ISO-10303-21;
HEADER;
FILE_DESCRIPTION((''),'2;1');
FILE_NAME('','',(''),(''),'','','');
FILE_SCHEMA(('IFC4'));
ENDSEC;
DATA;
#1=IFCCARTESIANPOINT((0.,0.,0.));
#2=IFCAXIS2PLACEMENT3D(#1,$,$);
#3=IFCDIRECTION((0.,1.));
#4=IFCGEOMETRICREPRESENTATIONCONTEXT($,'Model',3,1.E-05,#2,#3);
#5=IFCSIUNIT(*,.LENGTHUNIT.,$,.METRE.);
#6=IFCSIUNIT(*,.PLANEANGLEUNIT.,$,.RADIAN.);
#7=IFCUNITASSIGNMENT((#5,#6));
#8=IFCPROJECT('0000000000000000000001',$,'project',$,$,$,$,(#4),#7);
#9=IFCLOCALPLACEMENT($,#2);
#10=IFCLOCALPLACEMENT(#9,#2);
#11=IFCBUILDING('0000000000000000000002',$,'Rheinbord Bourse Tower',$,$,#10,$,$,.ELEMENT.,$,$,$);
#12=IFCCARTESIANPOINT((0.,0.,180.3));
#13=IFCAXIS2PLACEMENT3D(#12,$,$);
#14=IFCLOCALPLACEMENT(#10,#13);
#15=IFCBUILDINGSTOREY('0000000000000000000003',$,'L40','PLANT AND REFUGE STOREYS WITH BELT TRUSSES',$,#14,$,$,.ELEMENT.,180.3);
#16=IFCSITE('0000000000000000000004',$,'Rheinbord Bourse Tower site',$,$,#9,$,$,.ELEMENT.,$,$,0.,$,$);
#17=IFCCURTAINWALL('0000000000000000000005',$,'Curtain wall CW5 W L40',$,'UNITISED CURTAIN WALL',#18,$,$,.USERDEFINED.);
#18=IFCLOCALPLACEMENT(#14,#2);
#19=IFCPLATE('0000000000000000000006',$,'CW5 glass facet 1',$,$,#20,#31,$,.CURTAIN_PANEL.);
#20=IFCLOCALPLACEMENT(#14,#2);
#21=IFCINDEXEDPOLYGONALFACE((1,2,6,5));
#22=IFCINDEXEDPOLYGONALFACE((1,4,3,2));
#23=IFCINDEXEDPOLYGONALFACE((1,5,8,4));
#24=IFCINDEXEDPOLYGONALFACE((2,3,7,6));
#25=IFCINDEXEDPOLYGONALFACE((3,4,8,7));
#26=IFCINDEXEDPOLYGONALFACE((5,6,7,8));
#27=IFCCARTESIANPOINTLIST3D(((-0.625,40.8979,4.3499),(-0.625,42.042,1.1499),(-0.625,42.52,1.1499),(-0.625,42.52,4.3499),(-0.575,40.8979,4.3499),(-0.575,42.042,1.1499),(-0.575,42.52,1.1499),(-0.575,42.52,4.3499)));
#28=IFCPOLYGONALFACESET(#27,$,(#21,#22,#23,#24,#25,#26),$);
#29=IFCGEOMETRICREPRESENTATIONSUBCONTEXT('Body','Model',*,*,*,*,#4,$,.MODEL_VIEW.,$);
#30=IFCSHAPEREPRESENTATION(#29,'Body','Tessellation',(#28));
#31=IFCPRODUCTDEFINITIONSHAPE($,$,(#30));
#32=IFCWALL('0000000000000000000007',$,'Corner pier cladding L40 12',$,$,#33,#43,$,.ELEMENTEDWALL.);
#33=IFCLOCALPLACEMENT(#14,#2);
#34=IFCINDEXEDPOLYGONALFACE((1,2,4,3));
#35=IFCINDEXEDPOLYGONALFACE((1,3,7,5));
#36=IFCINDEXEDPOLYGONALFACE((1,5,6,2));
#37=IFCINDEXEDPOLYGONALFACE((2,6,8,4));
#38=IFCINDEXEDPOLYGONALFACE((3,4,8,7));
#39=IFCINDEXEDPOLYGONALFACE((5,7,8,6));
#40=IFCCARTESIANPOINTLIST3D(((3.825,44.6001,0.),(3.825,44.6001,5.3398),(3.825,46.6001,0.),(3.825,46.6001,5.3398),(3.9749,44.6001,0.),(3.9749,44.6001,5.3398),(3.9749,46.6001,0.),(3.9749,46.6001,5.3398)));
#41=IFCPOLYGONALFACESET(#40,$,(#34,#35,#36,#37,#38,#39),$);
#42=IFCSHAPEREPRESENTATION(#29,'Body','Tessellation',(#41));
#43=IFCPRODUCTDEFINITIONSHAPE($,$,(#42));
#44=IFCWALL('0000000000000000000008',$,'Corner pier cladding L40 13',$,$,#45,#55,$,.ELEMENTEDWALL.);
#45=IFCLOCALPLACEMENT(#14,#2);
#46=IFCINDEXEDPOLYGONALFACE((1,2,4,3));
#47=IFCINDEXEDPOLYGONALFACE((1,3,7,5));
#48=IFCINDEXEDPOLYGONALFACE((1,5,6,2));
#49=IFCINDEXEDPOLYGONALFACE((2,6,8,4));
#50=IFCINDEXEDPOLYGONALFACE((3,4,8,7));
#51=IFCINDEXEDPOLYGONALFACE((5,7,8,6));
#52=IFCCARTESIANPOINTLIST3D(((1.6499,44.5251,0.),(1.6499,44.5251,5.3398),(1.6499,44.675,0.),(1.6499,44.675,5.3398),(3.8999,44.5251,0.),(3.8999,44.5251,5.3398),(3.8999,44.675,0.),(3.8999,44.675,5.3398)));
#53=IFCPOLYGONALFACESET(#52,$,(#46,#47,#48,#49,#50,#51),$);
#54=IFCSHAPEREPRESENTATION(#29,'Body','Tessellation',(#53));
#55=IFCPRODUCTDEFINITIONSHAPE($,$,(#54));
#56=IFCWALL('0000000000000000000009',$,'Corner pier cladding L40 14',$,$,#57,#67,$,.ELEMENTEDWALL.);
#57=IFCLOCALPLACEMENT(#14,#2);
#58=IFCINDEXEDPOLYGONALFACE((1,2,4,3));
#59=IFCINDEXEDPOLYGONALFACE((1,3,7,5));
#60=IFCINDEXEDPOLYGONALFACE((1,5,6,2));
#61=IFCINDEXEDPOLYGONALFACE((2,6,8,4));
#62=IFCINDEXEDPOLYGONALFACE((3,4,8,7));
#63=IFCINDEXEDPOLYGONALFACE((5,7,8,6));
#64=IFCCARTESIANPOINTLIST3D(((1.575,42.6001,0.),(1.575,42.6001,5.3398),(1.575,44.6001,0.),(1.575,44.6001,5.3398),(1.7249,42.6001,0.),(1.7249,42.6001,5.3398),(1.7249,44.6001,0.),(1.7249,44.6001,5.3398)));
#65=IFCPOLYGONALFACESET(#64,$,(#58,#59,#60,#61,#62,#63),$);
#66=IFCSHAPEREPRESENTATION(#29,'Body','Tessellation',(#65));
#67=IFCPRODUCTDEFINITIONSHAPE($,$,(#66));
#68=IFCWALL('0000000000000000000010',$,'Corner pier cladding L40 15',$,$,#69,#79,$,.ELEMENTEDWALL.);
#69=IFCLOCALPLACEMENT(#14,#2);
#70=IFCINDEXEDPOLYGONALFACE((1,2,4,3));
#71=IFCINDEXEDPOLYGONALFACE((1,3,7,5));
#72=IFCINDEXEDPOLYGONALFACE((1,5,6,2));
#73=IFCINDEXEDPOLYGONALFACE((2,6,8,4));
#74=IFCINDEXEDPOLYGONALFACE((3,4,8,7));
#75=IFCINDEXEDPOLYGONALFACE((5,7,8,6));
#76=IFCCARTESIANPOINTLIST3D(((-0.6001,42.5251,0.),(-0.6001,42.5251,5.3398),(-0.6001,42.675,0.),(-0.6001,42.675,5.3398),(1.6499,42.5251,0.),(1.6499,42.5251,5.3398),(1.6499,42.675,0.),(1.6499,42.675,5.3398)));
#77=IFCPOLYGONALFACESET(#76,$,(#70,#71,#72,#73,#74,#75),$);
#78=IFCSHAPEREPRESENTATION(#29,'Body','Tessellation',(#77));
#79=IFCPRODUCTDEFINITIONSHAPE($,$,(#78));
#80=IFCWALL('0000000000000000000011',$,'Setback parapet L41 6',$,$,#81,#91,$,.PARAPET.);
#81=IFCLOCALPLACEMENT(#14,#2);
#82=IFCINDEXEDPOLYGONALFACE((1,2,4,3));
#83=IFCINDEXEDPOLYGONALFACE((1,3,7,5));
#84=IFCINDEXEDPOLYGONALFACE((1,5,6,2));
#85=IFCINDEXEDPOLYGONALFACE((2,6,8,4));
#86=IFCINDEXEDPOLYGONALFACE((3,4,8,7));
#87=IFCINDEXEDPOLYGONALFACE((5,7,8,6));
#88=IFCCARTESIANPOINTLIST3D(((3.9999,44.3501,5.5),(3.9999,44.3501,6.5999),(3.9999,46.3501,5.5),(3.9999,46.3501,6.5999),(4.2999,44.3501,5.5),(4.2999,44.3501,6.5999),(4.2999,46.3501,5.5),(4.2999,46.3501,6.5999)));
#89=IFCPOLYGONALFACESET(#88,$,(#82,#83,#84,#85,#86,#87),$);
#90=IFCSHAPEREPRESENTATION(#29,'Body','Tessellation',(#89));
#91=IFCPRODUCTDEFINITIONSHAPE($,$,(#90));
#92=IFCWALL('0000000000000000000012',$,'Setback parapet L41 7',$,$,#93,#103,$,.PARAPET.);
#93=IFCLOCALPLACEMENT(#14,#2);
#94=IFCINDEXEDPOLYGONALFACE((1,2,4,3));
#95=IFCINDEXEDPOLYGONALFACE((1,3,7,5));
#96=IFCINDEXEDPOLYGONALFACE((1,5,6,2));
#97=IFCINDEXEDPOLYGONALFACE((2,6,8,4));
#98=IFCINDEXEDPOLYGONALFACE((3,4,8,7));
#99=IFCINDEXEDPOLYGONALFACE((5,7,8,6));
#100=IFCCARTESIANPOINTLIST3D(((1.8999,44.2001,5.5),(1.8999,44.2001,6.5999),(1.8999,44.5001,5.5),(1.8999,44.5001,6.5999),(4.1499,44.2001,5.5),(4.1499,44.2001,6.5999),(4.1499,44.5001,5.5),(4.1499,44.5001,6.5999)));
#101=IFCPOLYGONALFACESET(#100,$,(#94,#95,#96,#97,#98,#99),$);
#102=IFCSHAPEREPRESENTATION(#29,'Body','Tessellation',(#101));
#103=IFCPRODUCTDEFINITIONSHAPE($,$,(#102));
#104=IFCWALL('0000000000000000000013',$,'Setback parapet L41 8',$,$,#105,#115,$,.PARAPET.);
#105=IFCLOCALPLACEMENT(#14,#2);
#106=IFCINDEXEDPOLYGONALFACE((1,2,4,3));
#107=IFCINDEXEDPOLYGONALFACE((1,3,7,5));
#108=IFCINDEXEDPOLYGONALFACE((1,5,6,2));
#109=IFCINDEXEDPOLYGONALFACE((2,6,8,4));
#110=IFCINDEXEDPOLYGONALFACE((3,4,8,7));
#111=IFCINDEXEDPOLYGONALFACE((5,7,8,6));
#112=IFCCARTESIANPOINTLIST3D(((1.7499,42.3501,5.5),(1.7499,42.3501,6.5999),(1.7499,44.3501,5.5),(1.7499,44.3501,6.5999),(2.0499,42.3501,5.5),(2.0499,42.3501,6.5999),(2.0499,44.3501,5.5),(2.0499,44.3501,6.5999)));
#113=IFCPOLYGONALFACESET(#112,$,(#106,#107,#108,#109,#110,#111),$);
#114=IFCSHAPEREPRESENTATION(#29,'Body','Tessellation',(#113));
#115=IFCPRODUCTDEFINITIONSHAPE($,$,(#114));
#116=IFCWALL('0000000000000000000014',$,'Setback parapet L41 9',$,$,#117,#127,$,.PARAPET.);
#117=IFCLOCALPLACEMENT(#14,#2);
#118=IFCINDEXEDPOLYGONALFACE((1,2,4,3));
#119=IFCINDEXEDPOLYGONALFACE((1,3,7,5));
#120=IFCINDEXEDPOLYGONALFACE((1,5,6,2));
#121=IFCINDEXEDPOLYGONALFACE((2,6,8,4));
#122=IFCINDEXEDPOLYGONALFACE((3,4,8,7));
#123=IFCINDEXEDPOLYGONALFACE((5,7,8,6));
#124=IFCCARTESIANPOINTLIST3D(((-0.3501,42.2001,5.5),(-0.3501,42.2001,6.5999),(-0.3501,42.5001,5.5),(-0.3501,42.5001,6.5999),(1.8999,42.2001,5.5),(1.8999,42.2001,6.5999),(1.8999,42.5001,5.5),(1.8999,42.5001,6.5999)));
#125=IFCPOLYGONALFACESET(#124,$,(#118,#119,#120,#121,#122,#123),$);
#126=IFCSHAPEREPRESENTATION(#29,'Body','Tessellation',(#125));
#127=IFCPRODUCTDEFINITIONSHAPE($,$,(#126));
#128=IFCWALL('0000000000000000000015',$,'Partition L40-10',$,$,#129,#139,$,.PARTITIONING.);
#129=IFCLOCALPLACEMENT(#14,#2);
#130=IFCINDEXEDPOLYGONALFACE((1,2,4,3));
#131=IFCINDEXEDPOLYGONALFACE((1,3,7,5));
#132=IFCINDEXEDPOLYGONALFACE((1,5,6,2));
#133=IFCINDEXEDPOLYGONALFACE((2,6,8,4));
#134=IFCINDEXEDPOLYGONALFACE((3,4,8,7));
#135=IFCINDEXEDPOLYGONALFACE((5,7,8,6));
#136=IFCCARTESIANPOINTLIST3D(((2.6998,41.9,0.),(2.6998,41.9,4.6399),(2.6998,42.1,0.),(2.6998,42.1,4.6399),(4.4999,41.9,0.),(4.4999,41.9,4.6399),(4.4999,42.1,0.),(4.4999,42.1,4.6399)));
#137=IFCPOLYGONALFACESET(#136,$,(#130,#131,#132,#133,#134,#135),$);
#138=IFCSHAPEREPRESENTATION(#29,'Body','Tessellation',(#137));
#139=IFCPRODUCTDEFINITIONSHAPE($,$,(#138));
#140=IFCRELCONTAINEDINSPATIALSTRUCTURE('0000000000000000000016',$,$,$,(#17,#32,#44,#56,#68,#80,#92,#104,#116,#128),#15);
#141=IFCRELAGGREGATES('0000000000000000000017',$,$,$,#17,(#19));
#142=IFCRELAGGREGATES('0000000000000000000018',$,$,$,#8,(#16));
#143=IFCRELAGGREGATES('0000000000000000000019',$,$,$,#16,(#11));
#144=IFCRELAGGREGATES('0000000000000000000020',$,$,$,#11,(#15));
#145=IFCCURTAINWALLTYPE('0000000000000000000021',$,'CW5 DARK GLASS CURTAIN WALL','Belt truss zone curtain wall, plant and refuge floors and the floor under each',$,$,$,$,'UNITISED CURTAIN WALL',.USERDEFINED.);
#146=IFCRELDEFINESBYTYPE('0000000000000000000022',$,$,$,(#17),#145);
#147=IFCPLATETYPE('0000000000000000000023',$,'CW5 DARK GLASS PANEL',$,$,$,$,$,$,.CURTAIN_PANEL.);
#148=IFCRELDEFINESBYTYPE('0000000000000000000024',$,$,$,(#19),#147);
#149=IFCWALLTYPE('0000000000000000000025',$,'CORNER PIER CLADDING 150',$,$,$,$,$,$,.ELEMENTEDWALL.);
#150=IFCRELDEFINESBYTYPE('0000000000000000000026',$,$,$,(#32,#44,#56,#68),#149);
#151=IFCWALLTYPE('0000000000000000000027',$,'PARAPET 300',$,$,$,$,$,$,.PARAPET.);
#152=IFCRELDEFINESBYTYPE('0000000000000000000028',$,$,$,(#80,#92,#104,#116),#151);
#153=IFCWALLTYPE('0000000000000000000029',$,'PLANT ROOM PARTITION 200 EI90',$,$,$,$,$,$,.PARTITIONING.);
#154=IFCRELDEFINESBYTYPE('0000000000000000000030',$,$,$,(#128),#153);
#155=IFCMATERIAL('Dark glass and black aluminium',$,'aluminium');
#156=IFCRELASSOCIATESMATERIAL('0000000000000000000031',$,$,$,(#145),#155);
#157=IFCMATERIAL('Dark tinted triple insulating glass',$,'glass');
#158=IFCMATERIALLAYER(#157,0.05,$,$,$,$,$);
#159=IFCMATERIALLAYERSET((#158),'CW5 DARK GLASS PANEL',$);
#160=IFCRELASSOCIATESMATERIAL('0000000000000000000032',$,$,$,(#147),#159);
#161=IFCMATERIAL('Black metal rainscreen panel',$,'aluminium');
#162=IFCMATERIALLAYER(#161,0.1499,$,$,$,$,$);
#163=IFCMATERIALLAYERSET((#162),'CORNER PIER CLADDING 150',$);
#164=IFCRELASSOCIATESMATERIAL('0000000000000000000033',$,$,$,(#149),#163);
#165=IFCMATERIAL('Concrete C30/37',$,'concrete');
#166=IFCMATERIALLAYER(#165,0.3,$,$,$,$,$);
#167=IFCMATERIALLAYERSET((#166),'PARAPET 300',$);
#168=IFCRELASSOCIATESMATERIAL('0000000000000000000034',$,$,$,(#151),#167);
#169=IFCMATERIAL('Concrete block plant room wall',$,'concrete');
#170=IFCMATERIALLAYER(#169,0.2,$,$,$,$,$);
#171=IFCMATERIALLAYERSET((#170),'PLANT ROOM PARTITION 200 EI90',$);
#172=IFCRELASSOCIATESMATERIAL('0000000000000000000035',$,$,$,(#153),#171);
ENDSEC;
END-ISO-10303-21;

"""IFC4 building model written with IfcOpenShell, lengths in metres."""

from ifc_helpers import new_model, si_unit, direction, frame, frame_2d, origin, place, context, subcontext, project, spatial, polyline, rectangle, outline, extrude, material, layer, layer_set, type_object, element, aggregate, save


model = new_model("IFC4")

# Units and contexts
model_context = context("Model", 3, precision=1e-05, world=origin(), true_north=direction((0.0, 1.0)))
body_context = subcontext(model_context, "Body", "Model", "MODEL_VIEW")
ifc_project = project(units=[si_unit("LENGTHUNIT", "METRE"), si_unit("PLANEANGLEUNIT", "RADIAN")], contexts=[model_context])

# Site, building, storey
site_placement = place(None, origin())
site = spatial("IfcSite", under=ifc_project, at=site_placement, Name="Rheinbord Bourse Tower site", CompositionType="ELEMENT", RefElevation=0.0)
building_placement = place(site_placement, origin())
building = spatial("IfcBuilding", under=site, at=building_placement, Name="Rheinbord Bourse Tower", CompositionType="ELEMENT")
storey_placement = place(building_placement, frame((0.0, 0.0, 180.3)))
storey = spatial("IfcBuildingStorey", under=building, at=storey_placement, Name="L40", Description="PLANT AND REFUGE STOREYS WITH BELT TRUSSES", CompositionType="ELEMENT", Elevation=180.3)

# Shared definitions
ifc_material_1 = material(Name="Dark glass and black aluminium", Category="aluminium")
curtain_wall_type = type_object("IfcCurtainWallType", Name="CW5 DARK GLASS CURTAIN WALL", Description="Belt truss zone curtain wall, plant and refuge floors and the floor under each", ElementType="UNITISED CURTAIN WALL", PredefinedType="USERDEFINED", material=ifc_material_1)

# Curtain wall
curtain_wall_1_placement = place(storey_placement, origin())
curtain_wall_1 = element("IfcCurtainWall", 1, at=curtain_wall_1_placement, inside=storey, type_object=curtain_wall_type, Name="Curtain wall CW5 W L40", ObjectType="UNITISED CURTAIN WALL", PredefinedType="USERDEFINED")

# Plate
ifc_material_2 = material(Name="Dark tinted triple insulating glass", Category="glass")
ifc_layer_1 = layer(ifc_material_2, 0.05)
ifc_layer_set_1 = layer_set([ifc_layer_1], Name="CW5 DARK GLASS PANEL")
plate_type = type_object("IfcPlateType", Name="CW5 DARK GLASS PANEL", PredefinedType="CURTAIN_PANEL", material=ifc_layer_set_1)
plate_1_placement = place(storey_placement, frame((-0.625, 42.52, 1.1499), z_axis=(1.0, 0.0, 0.0), x_axis=(0.0, 0.0, 1.0)))
plate_1 = element("IfcPlate", 2, at=plate_1_placement, type_object=plate_type, Name="CW5 glass facet 1", PredefinedType="CURTAIN_PANEL", context=body_context, shape_type="SweptSolid", body=[
    extrude(outline(polyline([(0.0, 0.0), (3.2, 0.0), (3.2, 1.6221), (0.0, 0.478), (0.0, 0.0)])), origin(), (0.0, 0.0, 1.0), 0.05),
])
aggregate(curtain_wall_1, [plate_1])

# Walls
ifc_material_3 = material(Name="Black metal rainscreen panel", Category="aluminium")
ifc_layer_2 = layer(ifc_material_3, 0.1499)
ifc_layer_set_2 = layer_set([ifc_layer_2], Name="CORNER PIER CLADDING 150")
wall_type_1 = type_object("IfcWallType", Name="CORNER PIER CLADDING 150", PredefinedType="ELEMENTEDWALL", material=ifc_layer_set_2)
wall_1_placement = place(storey_placement, frame((3.8999, 46.6001, 0.0), z_axis=(0.0, 0.0, 1.0), x_axis=(0.0, -1.0, 0.0)))
element("IfcWall", 3, at=wall_1_placement, inside=storey, type_object=wall_type_1, Name="Corner pier cladding L40 12", PredefinedType="ELEMENTEDWALL", context=body_context, shape_type="SweptSolid", body=[
    extrude(rectangle(XDim=2.0, YDim=0.1499, at=frame_2d((1.0, 0.0))), origin(), (0.0, 0.0, 1.0), 5.3398),
])
wall_2_placement = place(storey_placement, frame((3.8999, 44.6001, 0.0), z_axis=(0.0, 0.0, 1.0), x_axis=(-1.0, 0.0, 0.0)))
element("IfcWall", 4, at=wall_2_placement, inside=storey, type_object=wall_type_1, Name="Corner pier cladding L40 13", PredefinedType="ELEMENTEDWALL", context=body_context, shape_type="SweptSolid", body=[
    extrude(rectangle(XDim=2.25, YDim=0.1499, at=frame_2d((1.125, 0.0))), origin(), (0.0, 0.0, 1.0), 5.3398),
])
wall_3_placement = place(storey_placement, frame((1.6499, 44.6001, 0.0), z_axis=(0.0, 0.0, 1.0), x_axis=(0.0, -1.0, 0.0)))
element("IfcWall", 5, at=wall_3_placement, inside=storey, type_object=wall_type_1, Name="Corner pier cladding L40 14", PredefinedType="ELEMENTEDWALL", context=body_context, shape_type="SweptSolid", body=[
    extrude(rectangle(XDim=2.0, YDim=0.1499, at=frame_2d((1.0, 0.0))), origin(), (0.0, 0.0, 1.0), 5.3398),
])
wall_4_placement = place(storey_placement, frame((1.6499, 42.6001, 0.0), z_axis=(0.0, 0.0, 1.0), x_axis=(-1.0, 0.0, 0.0)))
element("IfcWall", 6, at=wall_4_placement, inside=storey, type_object=wall_type_1, Name="Corner pier cladding L40 15", PredefinedType="ELEMENTEDWALL", context=body_context, shape_type="SweptSolid", body=[
    extrude(rectangle(XDim=2.25, YDim=0.1499, at=frame_2d((1.125, 0.0))), origin(), (0.0, 0.0, 1.0), 5.3398),
])
ifc_material_4 = material(Name="Concrete C30/37", Category="concrete")
ifc_layer_3 = layer(ifc_material_4, 0.3)
ifc_layer_set_3 = layer_set([ifc_layer_3], Name="PARAPET 300")
wall_type_2 = type_object("IfcWallType", Name="PARAPET 300", PredefinedType="PARAPET", material=ifc_layer_set_3)
wall_5_placement = place(storey_placement, frame((4.1499, 46.3501, 5.5), z_axis=(0.0, 0.0, 1.0), x_axis=(0.0, -1.0, 0.0)))
element("IfcWall", 7, at=wall_5_placement, inside=storey, type_object=wall_type_2, Name="Setback parapet L41 6", PredefinedType="PARAPET", context=body_context, shape_type="SweptSolid", body=[
    extrude(rectangle(XDim=2.0, YDim=0.3, at=frame_2d((1.0, 0.0))), origin(), (0.0, 0.0, 1.0), 1.0999),
])
wall_6_placement = place(storey_placement, frame((4.1499, 44.3501, 5.5), z_axis=(0.0, 0.0, 1.0), x_axis=(-1.0, 0.0, 0.0)))
element("IfcWall", 8, at=wall_6_placement, inside=storey, type_object=wall_type_2, Name="Setback parapet L41 7", PredefinedType="PARAPET", context=body_context, shape_type="SweptSolid", body=[
    extrude(rectangle(XDim=2.25, YDim=0.3, at=frame_2d((1.125, 0.0))), origin(), (0.0, 0.0, 1.0), 1.0999),
])
wall_7_placement = place(storey_placement, frame((1.8999, 44.3501, 5.5), z_axis=(0.0, 0.0, 1.0), x_axis=(0.0, -1.0, 0.0)))
element("IfcWall", 9, at=wall_7_placement, inside=storey, type_object=wall_type_2, Name="Setback parapet L41 8", PredefinedType="PARAPET", context=body_context, shape_type="SweptSolid", body=[
    extrude(rectangle(XDim=2.0, YDim=0.3, at=frame_2d((1.0, 0.0))), origin(), (0.0, 0.0, 1.0), 1.0999),
])
wall_8_placement = place(storey_placement, frame((1.8999, 42.3501, 5.5), z_axis=(0.0, 0.0, 1.0), x_axis=(-1.0, 0.0, 0.0)))
element("IfcWall", 10, at=wall_8_placement, inside=storey, type_object=wall_type_2, Name="Setback parapet L41 9", PredefinedType="PARAPET", context=body_context, shape_type="SweptSolid", body=[
    extrude(rectangle(XDim=2.25, YDim=0.3, at=frame_2d((1.125, 0.0))), origin(), (0.0, 0.0, 1.0), 1.0999),
])
ifc_material_5 = material(Name="Concrete block plant room wall", Category="concrete")
ifc_layer_4 = layer(ifc_material_5, 0.2)
ifc_layer_set_4 = layer_set([ifc_layer_4], Name="PLANT ROOM PARTITION 200 EI90")
wall_type_3 = type_object("IfcWallType", Name="PLANT ROOM PARTITION 200 EI90", PredefinedType="PARTITIONING", material=ifc_layer_set_4)
wall_9_placement = place(storey_placement, frame((2.7, 42.0, 0.0), z_axis=(0.0, 0.0, 1.0), x_axis=(1.0, 0.0, 0.0)))
element("IfcWall", 11, at=wall_9_placement, inside=storey, type_object=wall_type_3, Name="Partition L40-10", PredefinedType="PARTITIONING", context=body_context, shape_type="SweptSolid", body=[
    extrude(rectangle(XDim=1.8, YDim=0.2, at=frame_2d((0.8999, 0.0))), origin(), (0.0, 0.0, 1.0), 4.6399),
])

save(model, "model.ifc")
